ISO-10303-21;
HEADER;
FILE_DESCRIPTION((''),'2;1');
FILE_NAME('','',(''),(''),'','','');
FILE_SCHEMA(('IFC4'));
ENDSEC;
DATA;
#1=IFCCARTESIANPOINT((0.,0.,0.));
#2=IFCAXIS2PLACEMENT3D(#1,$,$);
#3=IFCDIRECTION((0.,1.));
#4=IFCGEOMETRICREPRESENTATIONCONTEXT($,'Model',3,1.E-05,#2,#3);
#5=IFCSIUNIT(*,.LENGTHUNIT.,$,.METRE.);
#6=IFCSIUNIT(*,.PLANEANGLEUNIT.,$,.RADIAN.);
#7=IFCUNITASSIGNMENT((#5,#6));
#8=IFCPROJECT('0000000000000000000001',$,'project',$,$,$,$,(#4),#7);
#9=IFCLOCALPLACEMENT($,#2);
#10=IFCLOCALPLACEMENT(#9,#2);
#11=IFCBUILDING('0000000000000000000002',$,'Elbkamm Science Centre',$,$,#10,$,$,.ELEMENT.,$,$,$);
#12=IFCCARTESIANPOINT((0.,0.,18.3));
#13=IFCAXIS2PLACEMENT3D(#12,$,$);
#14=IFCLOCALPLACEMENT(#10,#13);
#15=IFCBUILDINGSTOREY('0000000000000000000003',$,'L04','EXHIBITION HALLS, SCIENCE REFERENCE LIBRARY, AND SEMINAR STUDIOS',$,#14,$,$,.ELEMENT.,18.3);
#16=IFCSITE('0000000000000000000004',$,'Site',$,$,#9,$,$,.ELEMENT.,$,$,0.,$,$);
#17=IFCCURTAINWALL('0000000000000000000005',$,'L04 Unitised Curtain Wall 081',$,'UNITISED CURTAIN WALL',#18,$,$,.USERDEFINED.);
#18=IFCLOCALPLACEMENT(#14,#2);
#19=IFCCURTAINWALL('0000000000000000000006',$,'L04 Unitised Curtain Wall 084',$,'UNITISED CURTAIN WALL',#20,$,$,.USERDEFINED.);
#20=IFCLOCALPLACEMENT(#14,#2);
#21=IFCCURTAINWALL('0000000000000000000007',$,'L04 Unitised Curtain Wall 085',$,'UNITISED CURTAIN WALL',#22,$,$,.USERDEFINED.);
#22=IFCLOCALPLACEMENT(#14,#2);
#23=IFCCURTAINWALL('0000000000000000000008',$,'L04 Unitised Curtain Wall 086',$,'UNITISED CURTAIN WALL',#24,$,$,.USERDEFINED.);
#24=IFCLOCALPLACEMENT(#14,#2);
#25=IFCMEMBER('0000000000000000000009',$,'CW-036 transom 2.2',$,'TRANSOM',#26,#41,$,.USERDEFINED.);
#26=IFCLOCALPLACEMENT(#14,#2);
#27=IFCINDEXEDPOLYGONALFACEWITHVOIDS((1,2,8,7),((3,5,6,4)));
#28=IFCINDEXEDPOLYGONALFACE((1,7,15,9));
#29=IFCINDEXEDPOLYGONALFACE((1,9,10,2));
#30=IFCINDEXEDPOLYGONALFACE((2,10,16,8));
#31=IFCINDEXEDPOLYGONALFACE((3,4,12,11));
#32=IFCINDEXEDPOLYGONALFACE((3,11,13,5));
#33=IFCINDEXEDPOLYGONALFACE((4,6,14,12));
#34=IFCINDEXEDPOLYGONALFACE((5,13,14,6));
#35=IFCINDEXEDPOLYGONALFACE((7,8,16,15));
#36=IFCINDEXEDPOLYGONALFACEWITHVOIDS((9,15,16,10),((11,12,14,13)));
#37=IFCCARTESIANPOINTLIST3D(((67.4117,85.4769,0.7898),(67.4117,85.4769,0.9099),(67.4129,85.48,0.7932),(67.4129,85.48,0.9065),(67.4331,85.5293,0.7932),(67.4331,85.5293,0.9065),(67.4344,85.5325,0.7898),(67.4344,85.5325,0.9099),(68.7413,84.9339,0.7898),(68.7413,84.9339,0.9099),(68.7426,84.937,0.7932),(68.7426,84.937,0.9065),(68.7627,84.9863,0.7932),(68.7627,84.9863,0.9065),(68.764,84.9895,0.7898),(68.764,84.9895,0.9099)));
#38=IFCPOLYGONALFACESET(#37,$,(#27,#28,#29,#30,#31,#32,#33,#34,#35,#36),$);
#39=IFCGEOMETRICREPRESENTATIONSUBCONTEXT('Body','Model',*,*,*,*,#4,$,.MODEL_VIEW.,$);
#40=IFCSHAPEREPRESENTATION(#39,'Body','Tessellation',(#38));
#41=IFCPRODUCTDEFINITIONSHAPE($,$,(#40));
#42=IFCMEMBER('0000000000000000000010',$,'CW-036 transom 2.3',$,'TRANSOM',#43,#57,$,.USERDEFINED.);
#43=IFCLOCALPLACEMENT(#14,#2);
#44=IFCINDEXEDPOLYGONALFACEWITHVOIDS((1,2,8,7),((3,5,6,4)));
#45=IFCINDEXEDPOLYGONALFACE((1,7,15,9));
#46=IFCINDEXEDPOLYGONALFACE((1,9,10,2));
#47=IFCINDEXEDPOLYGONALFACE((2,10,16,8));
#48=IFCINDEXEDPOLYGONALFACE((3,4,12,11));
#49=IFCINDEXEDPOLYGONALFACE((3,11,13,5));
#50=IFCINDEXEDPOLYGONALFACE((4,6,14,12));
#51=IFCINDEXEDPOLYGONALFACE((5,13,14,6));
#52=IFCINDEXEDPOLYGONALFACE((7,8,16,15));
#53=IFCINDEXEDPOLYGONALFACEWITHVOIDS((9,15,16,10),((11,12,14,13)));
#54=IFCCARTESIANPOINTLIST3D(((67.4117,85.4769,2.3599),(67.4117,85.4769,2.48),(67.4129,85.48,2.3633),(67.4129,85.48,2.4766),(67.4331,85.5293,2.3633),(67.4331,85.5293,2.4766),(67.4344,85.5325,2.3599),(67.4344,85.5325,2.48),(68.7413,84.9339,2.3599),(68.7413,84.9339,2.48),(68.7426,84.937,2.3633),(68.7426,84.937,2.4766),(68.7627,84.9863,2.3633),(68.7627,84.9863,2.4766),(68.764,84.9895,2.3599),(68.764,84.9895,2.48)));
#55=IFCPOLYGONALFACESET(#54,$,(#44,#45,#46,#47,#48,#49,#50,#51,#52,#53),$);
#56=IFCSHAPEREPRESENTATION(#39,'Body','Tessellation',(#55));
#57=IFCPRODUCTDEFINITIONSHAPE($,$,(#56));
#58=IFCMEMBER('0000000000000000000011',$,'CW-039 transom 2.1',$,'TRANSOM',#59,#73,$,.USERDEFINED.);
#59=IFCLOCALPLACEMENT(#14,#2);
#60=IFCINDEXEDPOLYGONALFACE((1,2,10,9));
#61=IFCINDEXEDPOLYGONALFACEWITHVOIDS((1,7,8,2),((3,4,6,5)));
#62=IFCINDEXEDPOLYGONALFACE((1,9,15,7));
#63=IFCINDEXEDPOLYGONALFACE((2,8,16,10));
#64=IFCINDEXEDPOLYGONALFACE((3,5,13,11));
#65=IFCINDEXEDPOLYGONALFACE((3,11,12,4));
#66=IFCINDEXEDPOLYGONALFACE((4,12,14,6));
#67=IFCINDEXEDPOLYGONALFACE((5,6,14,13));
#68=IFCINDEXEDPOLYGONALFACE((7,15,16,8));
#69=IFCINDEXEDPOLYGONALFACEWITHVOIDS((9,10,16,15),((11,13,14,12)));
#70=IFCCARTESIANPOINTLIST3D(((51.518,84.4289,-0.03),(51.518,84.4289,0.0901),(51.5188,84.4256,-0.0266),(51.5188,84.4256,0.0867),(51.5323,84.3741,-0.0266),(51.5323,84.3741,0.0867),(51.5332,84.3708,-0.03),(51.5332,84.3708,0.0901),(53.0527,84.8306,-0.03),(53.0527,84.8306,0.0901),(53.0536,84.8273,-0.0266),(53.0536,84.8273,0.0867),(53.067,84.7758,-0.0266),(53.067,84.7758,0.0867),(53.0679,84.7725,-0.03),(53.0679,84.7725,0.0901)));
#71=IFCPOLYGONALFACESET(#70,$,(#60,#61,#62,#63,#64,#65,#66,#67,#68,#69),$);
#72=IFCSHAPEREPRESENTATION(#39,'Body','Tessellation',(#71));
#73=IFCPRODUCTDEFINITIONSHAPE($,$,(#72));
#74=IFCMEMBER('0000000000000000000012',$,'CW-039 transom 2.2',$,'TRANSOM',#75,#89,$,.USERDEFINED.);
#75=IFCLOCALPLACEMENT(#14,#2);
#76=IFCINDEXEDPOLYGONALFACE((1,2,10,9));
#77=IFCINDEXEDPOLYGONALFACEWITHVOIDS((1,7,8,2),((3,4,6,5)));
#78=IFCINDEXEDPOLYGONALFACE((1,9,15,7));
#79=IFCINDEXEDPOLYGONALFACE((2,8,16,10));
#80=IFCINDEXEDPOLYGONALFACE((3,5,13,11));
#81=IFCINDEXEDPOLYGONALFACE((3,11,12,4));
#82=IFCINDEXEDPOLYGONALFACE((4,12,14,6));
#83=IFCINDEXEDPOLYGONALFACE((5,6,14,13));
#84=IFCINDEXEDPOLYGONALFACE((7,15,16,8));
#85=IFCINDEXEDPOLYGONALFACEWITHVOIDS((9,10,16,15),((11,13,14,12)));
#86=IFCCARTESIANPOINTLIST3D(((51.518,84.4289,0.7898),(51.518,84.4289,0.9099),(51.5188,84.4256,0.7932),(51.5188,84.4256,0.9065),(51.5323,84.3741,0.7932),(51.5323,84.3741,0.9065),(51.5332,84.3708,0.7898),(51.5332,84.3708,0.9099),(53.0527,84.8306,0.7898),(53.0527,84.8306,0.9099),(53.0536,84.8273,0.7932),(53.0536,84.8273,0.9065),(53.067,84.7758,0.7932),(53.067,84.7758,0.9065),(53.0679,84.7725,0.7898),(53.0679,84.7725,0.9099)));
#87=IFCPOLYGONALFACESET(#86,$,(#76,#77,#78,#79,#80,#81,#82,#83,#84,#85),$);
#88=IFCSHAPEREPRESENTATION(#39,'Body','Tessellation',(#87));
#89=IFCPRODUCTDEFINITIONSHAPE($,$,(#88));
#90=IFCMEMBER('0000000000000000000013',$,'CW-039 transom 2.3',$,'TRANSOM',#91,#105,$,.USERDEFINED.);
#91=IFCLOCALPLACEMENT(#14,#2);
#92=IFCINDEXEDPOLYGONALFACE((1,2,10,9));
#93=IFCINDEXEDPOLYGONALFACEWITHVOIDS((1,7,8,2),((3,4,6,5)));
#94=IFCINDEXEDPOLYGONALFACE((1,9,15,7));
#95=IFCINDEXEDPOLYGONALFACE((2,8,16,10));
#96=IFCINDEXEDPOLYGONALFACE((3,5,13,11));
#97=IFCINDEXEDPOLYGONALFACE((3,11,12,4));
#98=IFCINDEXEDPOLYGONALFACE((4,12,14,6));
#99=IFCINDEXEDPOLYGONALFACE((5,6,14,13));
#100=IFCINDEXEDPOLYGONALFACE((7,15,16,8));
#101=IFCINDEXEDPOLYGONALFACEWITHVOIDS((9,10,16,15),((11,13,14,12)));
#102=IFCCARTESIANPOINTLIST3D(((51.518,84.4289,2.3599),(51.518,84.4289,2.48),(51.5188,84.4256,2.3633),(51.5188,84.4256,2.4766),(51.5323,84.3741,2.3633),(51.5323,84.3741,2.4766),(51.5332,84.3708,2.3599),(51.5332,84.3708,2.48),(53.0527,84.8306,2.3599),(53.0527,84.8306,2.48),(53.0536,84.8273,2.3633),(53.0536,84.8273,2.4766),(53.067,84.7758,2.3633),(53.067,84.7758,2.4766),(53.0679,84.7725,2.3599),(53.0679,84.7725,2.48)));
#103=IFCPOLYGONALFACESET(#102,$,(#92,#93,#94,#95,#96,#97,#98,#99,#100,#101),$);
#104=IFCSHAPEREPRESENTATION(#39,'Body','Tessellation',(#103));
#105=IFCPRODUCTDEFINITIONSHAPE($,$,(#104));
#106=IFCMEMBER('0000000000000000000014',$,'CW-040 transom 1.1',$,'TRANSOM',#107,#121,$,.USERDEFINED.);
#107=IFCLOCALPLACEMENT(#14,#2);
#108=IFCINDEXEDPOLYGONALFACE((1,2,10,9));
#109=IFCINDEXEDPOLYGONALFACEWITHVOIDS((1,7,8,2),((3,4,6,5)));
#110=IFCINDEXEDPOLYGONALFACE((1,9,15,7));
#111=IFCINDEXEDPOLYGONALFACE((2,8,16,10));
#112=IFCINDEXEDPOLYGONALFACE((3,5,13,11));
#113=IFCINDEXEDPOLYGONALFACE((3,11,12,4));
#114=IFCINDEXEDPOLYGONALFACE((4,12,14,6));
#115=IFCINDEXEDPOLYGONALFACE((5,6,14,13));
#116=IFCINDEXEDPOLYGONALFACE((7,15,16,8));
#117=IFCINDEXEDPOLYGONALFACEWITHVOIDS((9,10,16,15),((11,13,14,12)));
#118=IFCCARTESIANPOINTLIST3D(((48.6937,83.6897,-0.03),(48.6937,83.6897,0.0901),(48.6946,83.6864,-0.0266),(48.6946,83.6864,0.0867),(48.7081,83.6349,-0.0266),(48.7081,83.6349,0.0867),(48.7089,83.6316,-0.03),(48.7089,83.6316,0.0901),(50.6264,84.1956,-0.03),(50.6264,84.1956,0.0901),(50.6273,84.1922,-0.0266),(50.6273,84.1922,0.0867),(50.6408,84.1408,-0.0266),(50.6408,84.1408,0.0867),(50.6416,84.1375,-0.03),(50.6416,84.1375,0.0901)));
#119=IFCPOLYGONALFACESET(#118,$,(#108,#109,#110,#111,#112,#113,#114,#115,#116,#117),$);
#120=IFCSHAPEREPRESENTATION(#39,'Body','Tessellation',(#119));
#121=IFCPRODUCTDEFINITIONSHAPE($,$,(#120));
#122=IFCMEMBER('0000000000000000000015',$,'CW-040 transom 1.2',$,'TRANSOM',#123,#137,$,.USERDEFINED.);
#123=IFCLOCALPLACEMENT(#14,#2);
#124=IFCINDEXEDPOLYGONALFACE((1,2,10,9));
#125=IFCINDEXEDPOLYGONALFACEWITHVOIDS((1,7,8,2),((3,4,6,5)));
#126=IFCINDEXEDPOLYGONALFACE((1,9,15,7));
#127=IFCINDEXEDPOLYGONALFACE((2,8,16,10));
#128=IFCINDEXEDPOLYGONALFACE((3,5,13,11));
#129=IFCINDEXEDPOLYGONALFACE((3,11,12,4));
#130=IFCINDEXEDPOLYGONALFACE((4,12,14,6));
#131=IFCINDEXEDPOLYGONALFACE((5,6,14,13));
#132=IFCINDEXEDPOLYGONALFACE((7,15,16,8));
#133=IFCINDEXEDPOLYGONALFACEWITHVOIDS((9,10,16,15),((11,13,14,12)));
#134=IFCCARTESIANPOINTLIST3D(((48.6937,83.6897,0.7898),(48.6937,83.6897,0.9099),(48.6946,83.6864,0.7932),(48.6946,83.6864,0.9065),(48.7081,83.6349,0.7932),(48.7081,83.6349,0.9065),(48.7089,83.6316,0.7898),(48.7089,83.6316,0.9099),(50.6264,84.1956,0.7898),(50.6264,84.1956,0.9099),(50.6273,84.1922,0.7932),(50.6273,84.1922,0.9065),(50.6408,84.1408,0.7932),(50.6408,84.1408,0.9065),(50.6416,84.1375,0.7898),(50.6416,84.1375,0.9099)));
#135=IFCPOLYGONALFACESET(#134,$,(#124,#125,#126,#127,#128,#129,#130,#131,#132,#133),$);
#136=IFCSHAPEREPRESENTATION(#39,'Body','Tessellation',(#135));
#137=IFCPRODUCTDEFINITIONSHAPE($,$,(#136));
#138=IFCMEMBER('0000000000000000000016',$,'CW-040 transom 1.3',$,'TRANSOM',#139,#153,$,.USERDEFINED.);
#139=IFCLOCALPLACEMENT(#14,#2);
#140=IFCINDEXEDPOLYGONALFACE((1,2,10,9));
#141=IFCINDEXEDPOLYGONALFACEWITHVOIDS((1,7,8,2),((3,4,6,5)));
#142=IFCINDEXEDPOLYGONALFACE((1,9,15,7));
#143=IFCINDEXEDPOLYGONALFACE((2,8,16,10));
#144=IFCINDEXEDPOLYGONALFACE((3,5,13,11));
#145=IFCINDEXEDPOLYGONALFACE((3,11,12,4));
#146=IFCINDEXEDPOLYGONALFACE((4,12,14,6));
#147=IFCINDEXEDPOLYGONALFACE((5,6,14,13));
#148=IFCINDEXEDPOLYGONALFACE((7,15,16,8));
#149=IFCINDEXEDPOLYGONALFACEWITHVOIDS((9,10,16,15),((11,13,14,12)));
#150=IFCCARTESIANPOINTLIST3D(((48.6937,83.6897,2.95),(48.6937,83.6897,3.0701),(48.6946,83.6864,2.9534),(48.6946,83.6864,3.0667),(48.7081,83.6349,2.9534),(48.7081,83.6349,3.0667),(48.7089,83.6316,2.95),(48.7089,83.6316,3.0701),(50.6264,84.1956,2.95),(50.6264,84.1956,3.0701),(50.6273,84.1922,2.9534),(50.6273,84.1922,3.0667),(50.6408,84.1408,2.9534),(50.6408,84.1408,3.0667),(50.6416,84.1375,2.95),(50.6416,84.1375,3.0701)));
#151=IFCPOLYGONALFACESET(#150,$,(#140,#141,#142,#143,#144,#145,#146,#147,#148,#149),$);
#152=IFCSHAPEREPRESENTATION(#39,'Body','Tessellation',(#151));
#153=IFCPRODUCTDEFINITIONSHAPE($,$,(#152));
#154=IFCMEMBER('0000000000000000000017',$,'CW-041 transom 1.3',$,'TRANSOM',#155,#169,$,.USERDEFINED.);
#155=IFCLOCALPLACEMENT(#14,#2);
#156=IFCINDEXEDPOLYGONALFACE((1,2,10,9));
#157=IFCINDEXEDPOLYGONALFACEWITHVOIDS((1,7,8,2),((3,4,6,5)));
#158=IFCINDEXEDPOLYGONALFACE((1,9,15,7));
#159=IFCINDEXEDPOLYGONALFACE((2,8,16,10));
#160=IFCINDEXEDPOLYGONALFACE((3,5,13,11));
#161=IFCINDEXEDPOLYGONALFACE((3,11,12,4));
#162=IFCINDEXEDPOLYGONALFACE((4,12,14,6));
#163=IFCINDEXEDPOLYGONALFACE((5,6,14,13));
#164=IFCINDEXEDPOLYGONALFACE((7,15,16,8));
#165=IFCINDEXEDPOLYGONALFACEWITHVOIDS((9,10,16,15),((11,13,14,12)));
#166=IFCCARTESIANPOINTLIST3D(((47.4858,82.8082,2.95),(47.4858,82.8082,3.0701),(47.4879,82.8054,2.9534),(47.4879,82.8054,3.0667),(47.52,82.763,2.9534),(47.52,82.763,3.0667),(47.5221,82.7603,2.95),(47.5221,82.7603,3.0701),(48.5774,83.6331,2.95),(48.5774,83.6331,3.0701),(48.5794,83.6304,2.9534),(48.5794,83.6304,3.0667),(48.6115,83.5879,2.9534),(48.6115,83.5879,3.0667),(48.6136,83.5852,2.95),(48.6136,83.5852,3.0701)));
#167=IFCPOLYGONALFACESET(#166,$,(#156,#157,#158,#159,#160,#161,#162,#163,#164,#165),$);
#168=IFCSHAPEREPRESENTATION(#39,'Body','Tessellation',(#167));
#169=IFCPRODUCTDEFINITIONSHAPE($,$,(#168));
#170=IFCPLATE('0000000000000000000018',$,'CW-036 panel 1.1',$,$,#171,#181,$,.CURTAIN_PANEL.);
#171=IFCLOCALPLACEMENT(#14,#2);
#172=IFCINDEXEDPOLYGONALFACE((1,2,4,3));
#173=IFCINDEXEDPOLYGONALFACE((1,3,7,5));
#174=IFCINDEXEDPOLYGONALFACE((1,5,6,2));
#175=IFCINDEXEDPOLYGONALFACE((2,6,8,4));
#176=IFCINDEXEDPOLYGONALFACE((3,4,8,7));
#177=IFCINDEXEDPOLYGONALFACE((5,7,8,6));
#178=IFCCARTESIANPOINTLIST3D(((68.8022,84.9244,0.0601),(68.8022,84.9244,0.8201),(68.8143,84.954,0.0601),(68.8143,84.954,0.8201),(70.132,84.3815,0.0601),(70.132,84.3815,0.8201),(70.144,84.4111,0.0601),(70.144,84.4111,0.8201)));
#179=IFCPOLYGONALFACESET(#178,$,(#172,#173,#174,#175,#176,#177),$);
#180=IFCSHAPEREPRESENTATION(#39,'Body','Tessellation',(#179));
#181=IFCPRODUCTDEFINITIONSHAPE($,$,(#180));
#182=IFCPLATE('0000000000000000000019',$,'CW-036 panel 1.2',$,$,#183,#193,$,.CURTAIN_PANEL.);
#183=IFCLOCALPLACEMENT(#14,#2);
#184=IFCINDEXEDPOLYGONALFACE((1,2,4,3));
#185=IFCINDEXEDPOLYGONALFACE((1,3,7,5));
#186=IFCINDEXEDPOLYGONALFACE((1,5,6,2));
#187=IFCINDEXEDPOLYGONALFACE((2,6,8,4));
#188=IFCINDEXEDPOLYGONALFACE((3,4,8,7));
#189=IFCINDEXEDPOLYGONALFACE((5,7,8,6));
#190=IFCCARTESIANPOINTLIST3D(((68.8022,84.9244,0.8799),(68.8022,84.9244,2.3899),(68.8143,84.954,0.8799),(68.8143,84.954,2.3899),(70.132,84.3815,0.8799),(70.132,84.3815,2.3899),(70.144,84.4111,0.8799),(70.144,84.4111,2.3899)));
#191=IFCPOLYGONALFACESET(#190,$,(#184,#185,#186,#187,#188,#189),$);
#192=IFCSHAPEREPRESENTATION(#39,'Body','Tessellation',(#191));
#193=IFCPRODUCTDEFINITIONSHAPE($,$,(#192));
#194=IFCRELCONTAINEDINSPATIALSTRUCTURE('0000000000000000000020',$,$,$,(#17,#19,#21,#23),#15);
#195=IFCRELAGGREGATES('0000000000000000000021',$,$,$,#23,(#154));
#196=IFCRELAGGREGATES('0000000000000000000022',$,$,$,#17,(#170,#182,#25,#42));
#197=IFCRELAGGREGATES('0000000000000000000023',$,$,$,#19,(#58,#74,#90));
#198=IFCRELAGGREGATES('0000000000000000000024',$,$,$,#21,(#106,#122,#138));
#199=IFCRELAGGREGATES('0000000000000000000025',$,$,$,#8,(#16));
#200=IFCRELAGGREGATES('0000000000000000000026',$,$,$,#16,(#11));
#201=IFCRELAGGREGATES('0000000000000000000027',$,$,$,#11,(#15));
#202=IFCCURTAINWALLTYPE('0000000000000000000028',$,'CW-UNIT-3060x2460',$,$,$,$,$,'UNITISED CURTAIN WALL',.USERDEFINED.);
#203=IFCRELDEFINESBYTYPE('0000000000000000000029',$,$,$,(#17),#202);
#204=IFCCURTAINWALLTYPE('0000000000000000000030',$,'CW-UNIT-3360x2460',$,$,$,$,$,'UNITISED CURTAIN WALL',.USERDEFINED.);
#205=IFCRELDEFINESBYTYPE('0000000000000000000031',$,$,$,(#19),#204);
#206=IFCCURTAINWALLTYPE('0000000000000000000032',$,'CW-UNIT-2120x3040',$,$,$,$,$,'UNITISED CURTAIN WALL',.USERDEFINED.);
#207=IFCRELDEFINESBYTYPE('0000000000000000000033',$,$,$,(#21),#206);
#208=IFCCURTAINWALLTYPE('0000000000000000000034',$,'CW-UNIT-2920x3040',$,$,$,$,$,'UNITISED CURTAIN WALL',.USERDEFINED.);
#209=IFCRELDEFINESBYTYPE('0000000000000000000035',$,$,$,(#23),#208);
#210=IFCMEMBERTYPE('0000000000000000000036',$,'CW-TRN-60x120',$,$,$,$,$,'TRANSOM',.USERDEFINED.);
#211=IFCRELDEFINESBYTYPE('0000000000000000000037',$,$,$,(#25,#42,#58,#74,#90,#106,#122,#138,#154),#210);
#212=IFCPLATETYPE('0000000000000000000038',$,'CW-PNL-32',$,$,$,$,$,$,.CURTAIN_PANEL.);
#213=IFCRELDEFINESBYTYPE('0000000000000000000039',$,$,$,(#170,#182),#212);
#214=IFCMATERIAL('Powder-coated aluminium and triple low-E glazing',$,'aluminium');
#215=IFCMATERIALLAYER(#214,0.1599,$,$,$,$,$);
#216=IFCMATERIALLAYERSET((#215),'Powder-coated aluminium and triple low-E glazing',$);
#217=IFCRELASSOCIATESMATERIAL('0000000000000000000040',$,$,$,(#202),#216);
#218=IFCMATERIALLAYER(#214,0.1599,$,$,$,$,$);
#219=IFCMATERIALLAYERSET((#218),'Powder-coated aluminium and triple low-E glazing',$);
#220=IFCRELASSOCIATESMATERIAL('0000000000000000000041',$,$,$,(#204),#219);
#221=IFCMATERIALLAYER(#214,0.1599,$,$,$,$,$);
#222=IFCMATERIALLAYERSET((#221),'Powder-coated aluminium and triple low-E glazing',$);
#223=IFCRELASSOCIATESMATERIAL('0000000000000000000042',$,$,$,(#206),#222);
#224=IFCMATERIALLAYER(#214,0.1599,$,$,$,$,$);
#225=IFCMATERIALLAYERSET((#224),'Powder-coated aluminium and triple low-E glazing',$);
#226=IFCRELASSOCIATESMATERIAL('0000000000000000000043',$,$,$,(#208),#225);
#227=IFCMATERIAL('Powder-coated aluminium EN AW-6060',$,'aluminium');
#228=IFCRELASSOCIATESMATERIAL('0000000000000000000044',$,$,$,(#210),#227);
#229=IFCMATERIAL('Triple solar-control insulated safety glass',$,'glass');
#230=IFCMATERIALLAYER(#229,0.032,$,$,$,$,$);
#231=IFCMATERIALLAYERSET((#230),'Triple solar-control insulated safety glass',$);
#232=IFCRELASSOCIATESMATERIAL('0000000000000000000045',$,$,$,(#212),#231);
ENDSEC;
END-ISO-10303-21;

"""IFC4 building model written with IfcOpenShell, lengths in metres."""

from ifc_helpers import new_model, si_unit, direction, frame, origin, origin_2d, place, context, subcontext, project, spatial, rectangle, hollow_rectangle, extrude, material, layer, layer_set, material_profile, profile_set, type_object, element, aggregate, save


model = new_model("IFC4")

# Units and contexts
model_context = context("Model", 3, precision=1e-05, world=origin(), true_north=direction((0.0, 1.0)))
body_context = subcontext(model_context, "Body", "Model", "MODEL_VIEW")
ifc_project = project(units=[si_unit("LENGTHUNIT", "METRE"), si_unit("PLANEANGLEUNIT", "RADIAN")], contexts=[model_context])

# Site, building, storey
site_placement = place(None, origin())
site = spatial("IfcSite", under=ifc_project, at=site_placement, Name="Site", CompositionType="ELEMENT", RefElevation=0.0)
building_placement = place(site_placement, origin())
building = spatial("IfcBuilding", under=site, at=building_placement, Name="Elbkamm Science Centre", CompositionType="ELEMENT")
storey_placement = place(building_placement, frame((0.0, 0.0, 18.3)))
storey = spatial("IfcBuildingStorey", under=building, at=storey_placement, Name="L04", Description="EXHIBITION HALLS, SCIENCE REFERENCE LIBRARY, AND SEMINAR STUDIOS", CompositionType="ELEMENT", Elevation=18.3)

# Curtain wall
ifc_material_1 = material(Name="Powder-coated aluminium and triple low-E glazing", Category="aluminium")
ifc_layer_1 = layer(ifc_material_1, 0.1599)
ifc_layer_set_1 = layer_set([ifc_layer_1], Name="Powder-coated aluminium and triple low-E glazing")
curtain_wall_type_1 = type_object("IfcCurtainWallType", Name="CW-UNIT-3060x2460", ElementType="UNITISED CURTAIN WALL", PredefinedType="USERDEFINED", material=ifc_layer_set_1)
curtain_wall_1_placement = place(storey_placement, origin())
curtain_wall_1 = element("IfcCurtainWall", 1, at=curtain_wall_1_placement, inside=storey, type_object=curtain_wall_type_1, Name="L04 Unitised Curtain Wall 081", ObjectType="UNITISED CURTAIN WALL", PredefinedType="USERDEFINED")
ifc_material_2 = material(Name="Powder-coated aluminium EN AW-6060", Category="aluminium")

# Curtain walls
ifc_layer_2 = layer(ifc_material_1, 0.1599)
ifc_layer_set_2 = layer_set([ifc_layer_2], Name="Powder-coated aluminium and triple low-E glazing")
curtain_wall_type_2 = type_object("IfcCurtainWallType", Name="CW-UNIT-3360x2460", ElementType="UNITISED CURTAIN WALL", PredefinedType="USERDEFINED", material=ifc_layer_set_2)
curtain_wall_2_placement = place(storey_placement, origin())
curtain_wall_2 = element("IfcCurtainWall", 2, at=curtain_wall_2_placement, inside=storey, type_object=curtain_wall_type_2, Name="L04 Unitised Curtain Wall 084", ObjectType="UNITISED CURTAIN WALL", PredefinedType="USERDEFINED")
ifc_layer_3 = layer(ifc_material_1, 0.1599)
ifc_layer_set_3 = layer_set([ifc_layer_3], Name="Powder-coated aluminium and triple low-E glazing")
curtain_wall_type_3 = type_object("IfcCurtainWallType", Name="CW-UNIT-2120x3040", ElementType="UNITISED CURTAIN WALL", PredefinedType="USERDEFINED", material=ifc_layer_set_3)
curtain_wall_3_placement = place(storey_placement, origin())
curtain_wall_3 = element("IfcCurtainWall", 3, at=curtain_wall_3_placement, inside=storey, type_object=curtain_wall_type_3, Name="L04 Unitised Curtain Wall 085", ObjectType="UNITISED CURTAIN WALL", PredefinedType="USERDEFINED")

# Curtain wall
ifc_layer_4 = layer(ifc_material_1, 0.1599)
ifc_layer_set_4 = layer_set([ifc_layer_4], Name="Powder-coated aluminium and triple low-E glazing")
curtain_wall_type_4 = type_object("IfcCurtainWallType", Name="CW-UNIT-2920x3040", ElementType="UNITISED CURTAIN WALL", PredefinedType="USERDEFINED", material=ifc_layer_set_4)
curtain_wall_4_placement = place(storey_placement, origin())
curtain_wall_4 = element("IfcCurtainWall", 4, at=curtain_wall_4_placement, inside=storey, type_object=curtain_wall_type_4, Name="L04 Unitised Curtain Wall 086", ObjectType="UNITISED CURTAIN WALL", PredefinedType="USERDEFINED")

# Members
ifc_material_profile_1 = material_profile(ifc_material_2, hollow_rectangle(XDim=0.0601, YDim=0.1201, WallThickness=0.0034, at=origin_2d()), Name="ALU T60x120")
ifc_profile_set_1 = profile_set([ifc_material_profile_1], Name="Powder-coated aluminium EN AW-6060")
member_type_1 = type_object("IfcMemberType", Name="CW-TRN-60x120", ElementType="TRANSOM", PredefinedType="USERDEFINED", material=ifc_profile_set_1)
member_1_placement = place(storey_placement, frame((68.7527, 84.9617, 0.8499), z_axis=(-0.92578, 0.378064, 0.0), x_axis=(-0.378064, -0.92578, 0.0)))
member_1 = element("IfcMember", 5, at=member_1_placement, type_object=member_type_1, Name="CW-036 transom 2.2", ObjectType="TRANSOM", PredefinedType="USERDEFINED", context=body_context, shape_type="SweptSolid", body=[
    extrude(hollow_rectangle(XDim=0.0601, YDim=0.1201, WallThickness=0.0034, at=origin_2d()), origin(), (0.0, 0.0, 1.0), 1.4363),
])
member_2_placement = place(storey_placement, frame((68.7527, 84.9617, 2.4199), z_axis=(-0.92578, 0.378064, 0.0), x_axis=(-0.378064, -0.92578, 0.0)))
member_2 = element("IfcMember", 6, at=member_2_placement, type_object=member_type_1, Name="CW-036 transom 2.3", ObjectType="TRANSOM", PredefinedType="USERDEFINED", context=body_context, shape_type="SweptSolid", body=[
    extrude(hollow_rectangle(XDim=0.0601, YDim=0.1201, WallThickness=0.0034, at=origin_2d()), origin(), (0.0, 0.0, 1.0), 1.4363),
])
member_3_placement = place(storey_placement, frame((53.0603, 84.8015, 0.03), z_axis=(-0.967422, -0.253167, 0.0), x_axis=(0.253167, -0.967422, 0.0)))
member_3 = element("IfcMember", 7, at=member_3_placement, type_object=member_type_1, Name="CW-039 transom 2.1", ObjectType="TRANSOM", PredefinedType="USERDEFINED", context=body_context, shape_type="SweptSolid", body=[
    extrude(hollow_rectangle(XDim=0.0601, YDim=0.1201, WallThickness=0.0034, at=origin_2d()), origin(), (0.0, 0.0, 1.0), 1.5864),
])
member_4_placement = place(storey_placement, frame((53.0603, 84.8015, 0.8499), z_axis=(-0.967422, -0.253167, 0.0), x_axis=(0.253167, -0.967422, 0.0)))
member_4 = element("IfcMember", 8, at=member_4_placement, type_object=member_type_1, Name="CW-039 transom 2.2", ObjectType="TRANSOM", PredefinedType="USERDEFINED", context=body_context, shape_type="SweptSolid", body=[
    extrude(hollow_rectangle(XDim=0.0601, YDim=0.1201, WallThickness=0.0034, at=origin_2d()), origin(), (0.0, 0.0, 1.0), 1.5864),
])
member_5_placement = place(storey_placement, frame((53.0603, 84.8015, 2.4199), z_axis=(-0.967422, -0.253167, 0.0), x_axis=(0.253167, -0.967422, 0.0)))
member_5 = element("IfcMember", 9, at=member_5_placement, type_object=member_type_1, Name="CW-039 transom 2.3", ObjectType="TRANSOM", PredefinedType="USERDEFINED", context=body_context, shape_type="SweptSolid", body=[
    extrude(hollow_rectangle(XDim=0.0601, YDim=0.1201, WallThickness=0.0034, at=origin_2d()), origin(), (0.0, 0.0, 1.0), 1.5864),
])
member_6_placement = place(storey_placement, frame((50.634, 84.1665, 0.03), z_axis=(-0.967409, -0.253218, 0.0), x_axis=(0.253218, -0.967409, 0.0)))
member_6 = element("IfcMember", 10, at=member_6_placement, type_object=member_type_1, Name="CW-040 transom 1.1", ObjectType="TRANSOM", PredefinedType="USERDEFINED", context=body_context, shape_type="SweptSolid", body=[
    extrude(hollow_rectangle(XDim=0.0601, YDim=0.1201, WallThickness=0.0034, at=origin_2d()), origin(), (0.0, 0.0, 1.0), 1.9978),
])
member_7_placement = place(storey_placement, frame((50.634, 84.1665, 0.8499), z_axis=(-0.967409, -0.253218, 0.0), x_axis=(0.253218, -0.967409, 0.0)))
member_7 = element("IfcMember", 11, at=member_7_placement, type_object=member_type_1, Name="CW-040 transom 1.2", ObjectType="TRANSOM", PredefinedType="USERDEFINED", context=body_context, shape_type="SweptSolid", body=[
    extrude(hollow_rectangle(XDim=0.0601, YDim=0.1201, WallThickness=0.0034, at=origin_2d()), origin(), (0.0, 0.0, 1.0), 1.9978),
])
member_8_placement = place(storey_placement, frame((50.634, 84.1665, 3.01), z_axis=(-0.967409, -0.253218, 0.0), x_axis=(0.253218, -0.967409, 0.0)))
member_8 = element("IfcMember", 12, at=member_8_placement, type_object=member_type_1, Name="CW-040 transom 1.3", ObjectType="TRANSOM", PredefinedType="USERDEFINED", context=body_context, shape_type="SweptSolid", body=[
    extrude(hollow_rectangle(XDim=0.0601, YDim=0.1201, WallThickness=0.0034, at=origin_2d()), origin(), (0.0, 0.0, 1.0), 1.9978),
])
member_9_placement = place(storey_placement, frame((48.5955, 83.6091, 3.01), z_axis=(-0.797789, -0.602937, 0.0), x_axis=(0.602937, -0.797789, 0.0)))
member_9 = element("IfcMember", 13, at=member_9_placement, type_object=member_type_1, Name="CW-041 transom 1.3", ObjectType="TRANSOM", PredefinedType="USERDEFINED", context=body_context, shape_type="SweptSolid", body=[
    extrude(hollow_rectangle(XDim=0.0601, YDim=0.1201, WallThickness=0.0034, at=origin_2d()), origin(), (0.0, 0.0, 1.0), 1.3682),
])
aggregate(curtain_wall_4, [member_9])

# Plates
ifc_material_3 = material(Name="Triple solar-control insulated safety glass", Category="glass")
ifc_layer_5 = layer(ifc_material_3, 0.032)
ifc_layer_set_5 = layer_set([ifc_layer_5], Name="Triple solar-control insulated safety glass")
plate_type = type_object("IfcPlateType", Name="CW-PNL-32", PredefinedType="CURTAIN_PANEL", material=ifc_layer_set_5)
plate_1_placement = place(storey_placement, frame((69.4731, 84.6677, 0.0601), z_axis=(0.0, 0.0, 1.0), x_axis=(-0.925805, 0.378001, 0.0)))
plate_1 = element("IfcPlate", 14, at=plate_1_placement, type_object=plate_type, Name="CW-036 panel 1.1", PredefinedType="CURTAIN_PANEL", context=body_context, shape_type="SweptSolid", body=[
    extrude(rectangle(XDim=1.4363, YDim=0.032, at=origin_2d()), origin(), (0.0, 0.0, 1.0), 0.76),
])
plate_2_placement = place(storey_placement, frame((69.4731, 84.6677, 0.8799), z_axis=(0.0, 0.0, 1.0), x_axis=(-0.925805, 0.378001, 0.0)))
plate_2 = element("IfcPlate", 15, at=plate_2_placement, type_object=plate_type, Name="CW-036 panel 1.2", PredefinedType="CURTAIN_PANEL", context=body_context, shape_type="SweptSolid", body=[
    extrude(rectangle(XDim=1.4363, YDim=0.032, at=origin_2d()), origin(), (0.0, 0.0, 1.0), 1.51),
])
aggregate(curtain_wall_1, [plate_1, plate_2, member_1, member_2])
aggregate(curtain_wall_2, [member_3, member_4, member_5])
aggregate(curtain_wall_3, [member_6, member_7, member_8])

save(model, "model.ifc")
